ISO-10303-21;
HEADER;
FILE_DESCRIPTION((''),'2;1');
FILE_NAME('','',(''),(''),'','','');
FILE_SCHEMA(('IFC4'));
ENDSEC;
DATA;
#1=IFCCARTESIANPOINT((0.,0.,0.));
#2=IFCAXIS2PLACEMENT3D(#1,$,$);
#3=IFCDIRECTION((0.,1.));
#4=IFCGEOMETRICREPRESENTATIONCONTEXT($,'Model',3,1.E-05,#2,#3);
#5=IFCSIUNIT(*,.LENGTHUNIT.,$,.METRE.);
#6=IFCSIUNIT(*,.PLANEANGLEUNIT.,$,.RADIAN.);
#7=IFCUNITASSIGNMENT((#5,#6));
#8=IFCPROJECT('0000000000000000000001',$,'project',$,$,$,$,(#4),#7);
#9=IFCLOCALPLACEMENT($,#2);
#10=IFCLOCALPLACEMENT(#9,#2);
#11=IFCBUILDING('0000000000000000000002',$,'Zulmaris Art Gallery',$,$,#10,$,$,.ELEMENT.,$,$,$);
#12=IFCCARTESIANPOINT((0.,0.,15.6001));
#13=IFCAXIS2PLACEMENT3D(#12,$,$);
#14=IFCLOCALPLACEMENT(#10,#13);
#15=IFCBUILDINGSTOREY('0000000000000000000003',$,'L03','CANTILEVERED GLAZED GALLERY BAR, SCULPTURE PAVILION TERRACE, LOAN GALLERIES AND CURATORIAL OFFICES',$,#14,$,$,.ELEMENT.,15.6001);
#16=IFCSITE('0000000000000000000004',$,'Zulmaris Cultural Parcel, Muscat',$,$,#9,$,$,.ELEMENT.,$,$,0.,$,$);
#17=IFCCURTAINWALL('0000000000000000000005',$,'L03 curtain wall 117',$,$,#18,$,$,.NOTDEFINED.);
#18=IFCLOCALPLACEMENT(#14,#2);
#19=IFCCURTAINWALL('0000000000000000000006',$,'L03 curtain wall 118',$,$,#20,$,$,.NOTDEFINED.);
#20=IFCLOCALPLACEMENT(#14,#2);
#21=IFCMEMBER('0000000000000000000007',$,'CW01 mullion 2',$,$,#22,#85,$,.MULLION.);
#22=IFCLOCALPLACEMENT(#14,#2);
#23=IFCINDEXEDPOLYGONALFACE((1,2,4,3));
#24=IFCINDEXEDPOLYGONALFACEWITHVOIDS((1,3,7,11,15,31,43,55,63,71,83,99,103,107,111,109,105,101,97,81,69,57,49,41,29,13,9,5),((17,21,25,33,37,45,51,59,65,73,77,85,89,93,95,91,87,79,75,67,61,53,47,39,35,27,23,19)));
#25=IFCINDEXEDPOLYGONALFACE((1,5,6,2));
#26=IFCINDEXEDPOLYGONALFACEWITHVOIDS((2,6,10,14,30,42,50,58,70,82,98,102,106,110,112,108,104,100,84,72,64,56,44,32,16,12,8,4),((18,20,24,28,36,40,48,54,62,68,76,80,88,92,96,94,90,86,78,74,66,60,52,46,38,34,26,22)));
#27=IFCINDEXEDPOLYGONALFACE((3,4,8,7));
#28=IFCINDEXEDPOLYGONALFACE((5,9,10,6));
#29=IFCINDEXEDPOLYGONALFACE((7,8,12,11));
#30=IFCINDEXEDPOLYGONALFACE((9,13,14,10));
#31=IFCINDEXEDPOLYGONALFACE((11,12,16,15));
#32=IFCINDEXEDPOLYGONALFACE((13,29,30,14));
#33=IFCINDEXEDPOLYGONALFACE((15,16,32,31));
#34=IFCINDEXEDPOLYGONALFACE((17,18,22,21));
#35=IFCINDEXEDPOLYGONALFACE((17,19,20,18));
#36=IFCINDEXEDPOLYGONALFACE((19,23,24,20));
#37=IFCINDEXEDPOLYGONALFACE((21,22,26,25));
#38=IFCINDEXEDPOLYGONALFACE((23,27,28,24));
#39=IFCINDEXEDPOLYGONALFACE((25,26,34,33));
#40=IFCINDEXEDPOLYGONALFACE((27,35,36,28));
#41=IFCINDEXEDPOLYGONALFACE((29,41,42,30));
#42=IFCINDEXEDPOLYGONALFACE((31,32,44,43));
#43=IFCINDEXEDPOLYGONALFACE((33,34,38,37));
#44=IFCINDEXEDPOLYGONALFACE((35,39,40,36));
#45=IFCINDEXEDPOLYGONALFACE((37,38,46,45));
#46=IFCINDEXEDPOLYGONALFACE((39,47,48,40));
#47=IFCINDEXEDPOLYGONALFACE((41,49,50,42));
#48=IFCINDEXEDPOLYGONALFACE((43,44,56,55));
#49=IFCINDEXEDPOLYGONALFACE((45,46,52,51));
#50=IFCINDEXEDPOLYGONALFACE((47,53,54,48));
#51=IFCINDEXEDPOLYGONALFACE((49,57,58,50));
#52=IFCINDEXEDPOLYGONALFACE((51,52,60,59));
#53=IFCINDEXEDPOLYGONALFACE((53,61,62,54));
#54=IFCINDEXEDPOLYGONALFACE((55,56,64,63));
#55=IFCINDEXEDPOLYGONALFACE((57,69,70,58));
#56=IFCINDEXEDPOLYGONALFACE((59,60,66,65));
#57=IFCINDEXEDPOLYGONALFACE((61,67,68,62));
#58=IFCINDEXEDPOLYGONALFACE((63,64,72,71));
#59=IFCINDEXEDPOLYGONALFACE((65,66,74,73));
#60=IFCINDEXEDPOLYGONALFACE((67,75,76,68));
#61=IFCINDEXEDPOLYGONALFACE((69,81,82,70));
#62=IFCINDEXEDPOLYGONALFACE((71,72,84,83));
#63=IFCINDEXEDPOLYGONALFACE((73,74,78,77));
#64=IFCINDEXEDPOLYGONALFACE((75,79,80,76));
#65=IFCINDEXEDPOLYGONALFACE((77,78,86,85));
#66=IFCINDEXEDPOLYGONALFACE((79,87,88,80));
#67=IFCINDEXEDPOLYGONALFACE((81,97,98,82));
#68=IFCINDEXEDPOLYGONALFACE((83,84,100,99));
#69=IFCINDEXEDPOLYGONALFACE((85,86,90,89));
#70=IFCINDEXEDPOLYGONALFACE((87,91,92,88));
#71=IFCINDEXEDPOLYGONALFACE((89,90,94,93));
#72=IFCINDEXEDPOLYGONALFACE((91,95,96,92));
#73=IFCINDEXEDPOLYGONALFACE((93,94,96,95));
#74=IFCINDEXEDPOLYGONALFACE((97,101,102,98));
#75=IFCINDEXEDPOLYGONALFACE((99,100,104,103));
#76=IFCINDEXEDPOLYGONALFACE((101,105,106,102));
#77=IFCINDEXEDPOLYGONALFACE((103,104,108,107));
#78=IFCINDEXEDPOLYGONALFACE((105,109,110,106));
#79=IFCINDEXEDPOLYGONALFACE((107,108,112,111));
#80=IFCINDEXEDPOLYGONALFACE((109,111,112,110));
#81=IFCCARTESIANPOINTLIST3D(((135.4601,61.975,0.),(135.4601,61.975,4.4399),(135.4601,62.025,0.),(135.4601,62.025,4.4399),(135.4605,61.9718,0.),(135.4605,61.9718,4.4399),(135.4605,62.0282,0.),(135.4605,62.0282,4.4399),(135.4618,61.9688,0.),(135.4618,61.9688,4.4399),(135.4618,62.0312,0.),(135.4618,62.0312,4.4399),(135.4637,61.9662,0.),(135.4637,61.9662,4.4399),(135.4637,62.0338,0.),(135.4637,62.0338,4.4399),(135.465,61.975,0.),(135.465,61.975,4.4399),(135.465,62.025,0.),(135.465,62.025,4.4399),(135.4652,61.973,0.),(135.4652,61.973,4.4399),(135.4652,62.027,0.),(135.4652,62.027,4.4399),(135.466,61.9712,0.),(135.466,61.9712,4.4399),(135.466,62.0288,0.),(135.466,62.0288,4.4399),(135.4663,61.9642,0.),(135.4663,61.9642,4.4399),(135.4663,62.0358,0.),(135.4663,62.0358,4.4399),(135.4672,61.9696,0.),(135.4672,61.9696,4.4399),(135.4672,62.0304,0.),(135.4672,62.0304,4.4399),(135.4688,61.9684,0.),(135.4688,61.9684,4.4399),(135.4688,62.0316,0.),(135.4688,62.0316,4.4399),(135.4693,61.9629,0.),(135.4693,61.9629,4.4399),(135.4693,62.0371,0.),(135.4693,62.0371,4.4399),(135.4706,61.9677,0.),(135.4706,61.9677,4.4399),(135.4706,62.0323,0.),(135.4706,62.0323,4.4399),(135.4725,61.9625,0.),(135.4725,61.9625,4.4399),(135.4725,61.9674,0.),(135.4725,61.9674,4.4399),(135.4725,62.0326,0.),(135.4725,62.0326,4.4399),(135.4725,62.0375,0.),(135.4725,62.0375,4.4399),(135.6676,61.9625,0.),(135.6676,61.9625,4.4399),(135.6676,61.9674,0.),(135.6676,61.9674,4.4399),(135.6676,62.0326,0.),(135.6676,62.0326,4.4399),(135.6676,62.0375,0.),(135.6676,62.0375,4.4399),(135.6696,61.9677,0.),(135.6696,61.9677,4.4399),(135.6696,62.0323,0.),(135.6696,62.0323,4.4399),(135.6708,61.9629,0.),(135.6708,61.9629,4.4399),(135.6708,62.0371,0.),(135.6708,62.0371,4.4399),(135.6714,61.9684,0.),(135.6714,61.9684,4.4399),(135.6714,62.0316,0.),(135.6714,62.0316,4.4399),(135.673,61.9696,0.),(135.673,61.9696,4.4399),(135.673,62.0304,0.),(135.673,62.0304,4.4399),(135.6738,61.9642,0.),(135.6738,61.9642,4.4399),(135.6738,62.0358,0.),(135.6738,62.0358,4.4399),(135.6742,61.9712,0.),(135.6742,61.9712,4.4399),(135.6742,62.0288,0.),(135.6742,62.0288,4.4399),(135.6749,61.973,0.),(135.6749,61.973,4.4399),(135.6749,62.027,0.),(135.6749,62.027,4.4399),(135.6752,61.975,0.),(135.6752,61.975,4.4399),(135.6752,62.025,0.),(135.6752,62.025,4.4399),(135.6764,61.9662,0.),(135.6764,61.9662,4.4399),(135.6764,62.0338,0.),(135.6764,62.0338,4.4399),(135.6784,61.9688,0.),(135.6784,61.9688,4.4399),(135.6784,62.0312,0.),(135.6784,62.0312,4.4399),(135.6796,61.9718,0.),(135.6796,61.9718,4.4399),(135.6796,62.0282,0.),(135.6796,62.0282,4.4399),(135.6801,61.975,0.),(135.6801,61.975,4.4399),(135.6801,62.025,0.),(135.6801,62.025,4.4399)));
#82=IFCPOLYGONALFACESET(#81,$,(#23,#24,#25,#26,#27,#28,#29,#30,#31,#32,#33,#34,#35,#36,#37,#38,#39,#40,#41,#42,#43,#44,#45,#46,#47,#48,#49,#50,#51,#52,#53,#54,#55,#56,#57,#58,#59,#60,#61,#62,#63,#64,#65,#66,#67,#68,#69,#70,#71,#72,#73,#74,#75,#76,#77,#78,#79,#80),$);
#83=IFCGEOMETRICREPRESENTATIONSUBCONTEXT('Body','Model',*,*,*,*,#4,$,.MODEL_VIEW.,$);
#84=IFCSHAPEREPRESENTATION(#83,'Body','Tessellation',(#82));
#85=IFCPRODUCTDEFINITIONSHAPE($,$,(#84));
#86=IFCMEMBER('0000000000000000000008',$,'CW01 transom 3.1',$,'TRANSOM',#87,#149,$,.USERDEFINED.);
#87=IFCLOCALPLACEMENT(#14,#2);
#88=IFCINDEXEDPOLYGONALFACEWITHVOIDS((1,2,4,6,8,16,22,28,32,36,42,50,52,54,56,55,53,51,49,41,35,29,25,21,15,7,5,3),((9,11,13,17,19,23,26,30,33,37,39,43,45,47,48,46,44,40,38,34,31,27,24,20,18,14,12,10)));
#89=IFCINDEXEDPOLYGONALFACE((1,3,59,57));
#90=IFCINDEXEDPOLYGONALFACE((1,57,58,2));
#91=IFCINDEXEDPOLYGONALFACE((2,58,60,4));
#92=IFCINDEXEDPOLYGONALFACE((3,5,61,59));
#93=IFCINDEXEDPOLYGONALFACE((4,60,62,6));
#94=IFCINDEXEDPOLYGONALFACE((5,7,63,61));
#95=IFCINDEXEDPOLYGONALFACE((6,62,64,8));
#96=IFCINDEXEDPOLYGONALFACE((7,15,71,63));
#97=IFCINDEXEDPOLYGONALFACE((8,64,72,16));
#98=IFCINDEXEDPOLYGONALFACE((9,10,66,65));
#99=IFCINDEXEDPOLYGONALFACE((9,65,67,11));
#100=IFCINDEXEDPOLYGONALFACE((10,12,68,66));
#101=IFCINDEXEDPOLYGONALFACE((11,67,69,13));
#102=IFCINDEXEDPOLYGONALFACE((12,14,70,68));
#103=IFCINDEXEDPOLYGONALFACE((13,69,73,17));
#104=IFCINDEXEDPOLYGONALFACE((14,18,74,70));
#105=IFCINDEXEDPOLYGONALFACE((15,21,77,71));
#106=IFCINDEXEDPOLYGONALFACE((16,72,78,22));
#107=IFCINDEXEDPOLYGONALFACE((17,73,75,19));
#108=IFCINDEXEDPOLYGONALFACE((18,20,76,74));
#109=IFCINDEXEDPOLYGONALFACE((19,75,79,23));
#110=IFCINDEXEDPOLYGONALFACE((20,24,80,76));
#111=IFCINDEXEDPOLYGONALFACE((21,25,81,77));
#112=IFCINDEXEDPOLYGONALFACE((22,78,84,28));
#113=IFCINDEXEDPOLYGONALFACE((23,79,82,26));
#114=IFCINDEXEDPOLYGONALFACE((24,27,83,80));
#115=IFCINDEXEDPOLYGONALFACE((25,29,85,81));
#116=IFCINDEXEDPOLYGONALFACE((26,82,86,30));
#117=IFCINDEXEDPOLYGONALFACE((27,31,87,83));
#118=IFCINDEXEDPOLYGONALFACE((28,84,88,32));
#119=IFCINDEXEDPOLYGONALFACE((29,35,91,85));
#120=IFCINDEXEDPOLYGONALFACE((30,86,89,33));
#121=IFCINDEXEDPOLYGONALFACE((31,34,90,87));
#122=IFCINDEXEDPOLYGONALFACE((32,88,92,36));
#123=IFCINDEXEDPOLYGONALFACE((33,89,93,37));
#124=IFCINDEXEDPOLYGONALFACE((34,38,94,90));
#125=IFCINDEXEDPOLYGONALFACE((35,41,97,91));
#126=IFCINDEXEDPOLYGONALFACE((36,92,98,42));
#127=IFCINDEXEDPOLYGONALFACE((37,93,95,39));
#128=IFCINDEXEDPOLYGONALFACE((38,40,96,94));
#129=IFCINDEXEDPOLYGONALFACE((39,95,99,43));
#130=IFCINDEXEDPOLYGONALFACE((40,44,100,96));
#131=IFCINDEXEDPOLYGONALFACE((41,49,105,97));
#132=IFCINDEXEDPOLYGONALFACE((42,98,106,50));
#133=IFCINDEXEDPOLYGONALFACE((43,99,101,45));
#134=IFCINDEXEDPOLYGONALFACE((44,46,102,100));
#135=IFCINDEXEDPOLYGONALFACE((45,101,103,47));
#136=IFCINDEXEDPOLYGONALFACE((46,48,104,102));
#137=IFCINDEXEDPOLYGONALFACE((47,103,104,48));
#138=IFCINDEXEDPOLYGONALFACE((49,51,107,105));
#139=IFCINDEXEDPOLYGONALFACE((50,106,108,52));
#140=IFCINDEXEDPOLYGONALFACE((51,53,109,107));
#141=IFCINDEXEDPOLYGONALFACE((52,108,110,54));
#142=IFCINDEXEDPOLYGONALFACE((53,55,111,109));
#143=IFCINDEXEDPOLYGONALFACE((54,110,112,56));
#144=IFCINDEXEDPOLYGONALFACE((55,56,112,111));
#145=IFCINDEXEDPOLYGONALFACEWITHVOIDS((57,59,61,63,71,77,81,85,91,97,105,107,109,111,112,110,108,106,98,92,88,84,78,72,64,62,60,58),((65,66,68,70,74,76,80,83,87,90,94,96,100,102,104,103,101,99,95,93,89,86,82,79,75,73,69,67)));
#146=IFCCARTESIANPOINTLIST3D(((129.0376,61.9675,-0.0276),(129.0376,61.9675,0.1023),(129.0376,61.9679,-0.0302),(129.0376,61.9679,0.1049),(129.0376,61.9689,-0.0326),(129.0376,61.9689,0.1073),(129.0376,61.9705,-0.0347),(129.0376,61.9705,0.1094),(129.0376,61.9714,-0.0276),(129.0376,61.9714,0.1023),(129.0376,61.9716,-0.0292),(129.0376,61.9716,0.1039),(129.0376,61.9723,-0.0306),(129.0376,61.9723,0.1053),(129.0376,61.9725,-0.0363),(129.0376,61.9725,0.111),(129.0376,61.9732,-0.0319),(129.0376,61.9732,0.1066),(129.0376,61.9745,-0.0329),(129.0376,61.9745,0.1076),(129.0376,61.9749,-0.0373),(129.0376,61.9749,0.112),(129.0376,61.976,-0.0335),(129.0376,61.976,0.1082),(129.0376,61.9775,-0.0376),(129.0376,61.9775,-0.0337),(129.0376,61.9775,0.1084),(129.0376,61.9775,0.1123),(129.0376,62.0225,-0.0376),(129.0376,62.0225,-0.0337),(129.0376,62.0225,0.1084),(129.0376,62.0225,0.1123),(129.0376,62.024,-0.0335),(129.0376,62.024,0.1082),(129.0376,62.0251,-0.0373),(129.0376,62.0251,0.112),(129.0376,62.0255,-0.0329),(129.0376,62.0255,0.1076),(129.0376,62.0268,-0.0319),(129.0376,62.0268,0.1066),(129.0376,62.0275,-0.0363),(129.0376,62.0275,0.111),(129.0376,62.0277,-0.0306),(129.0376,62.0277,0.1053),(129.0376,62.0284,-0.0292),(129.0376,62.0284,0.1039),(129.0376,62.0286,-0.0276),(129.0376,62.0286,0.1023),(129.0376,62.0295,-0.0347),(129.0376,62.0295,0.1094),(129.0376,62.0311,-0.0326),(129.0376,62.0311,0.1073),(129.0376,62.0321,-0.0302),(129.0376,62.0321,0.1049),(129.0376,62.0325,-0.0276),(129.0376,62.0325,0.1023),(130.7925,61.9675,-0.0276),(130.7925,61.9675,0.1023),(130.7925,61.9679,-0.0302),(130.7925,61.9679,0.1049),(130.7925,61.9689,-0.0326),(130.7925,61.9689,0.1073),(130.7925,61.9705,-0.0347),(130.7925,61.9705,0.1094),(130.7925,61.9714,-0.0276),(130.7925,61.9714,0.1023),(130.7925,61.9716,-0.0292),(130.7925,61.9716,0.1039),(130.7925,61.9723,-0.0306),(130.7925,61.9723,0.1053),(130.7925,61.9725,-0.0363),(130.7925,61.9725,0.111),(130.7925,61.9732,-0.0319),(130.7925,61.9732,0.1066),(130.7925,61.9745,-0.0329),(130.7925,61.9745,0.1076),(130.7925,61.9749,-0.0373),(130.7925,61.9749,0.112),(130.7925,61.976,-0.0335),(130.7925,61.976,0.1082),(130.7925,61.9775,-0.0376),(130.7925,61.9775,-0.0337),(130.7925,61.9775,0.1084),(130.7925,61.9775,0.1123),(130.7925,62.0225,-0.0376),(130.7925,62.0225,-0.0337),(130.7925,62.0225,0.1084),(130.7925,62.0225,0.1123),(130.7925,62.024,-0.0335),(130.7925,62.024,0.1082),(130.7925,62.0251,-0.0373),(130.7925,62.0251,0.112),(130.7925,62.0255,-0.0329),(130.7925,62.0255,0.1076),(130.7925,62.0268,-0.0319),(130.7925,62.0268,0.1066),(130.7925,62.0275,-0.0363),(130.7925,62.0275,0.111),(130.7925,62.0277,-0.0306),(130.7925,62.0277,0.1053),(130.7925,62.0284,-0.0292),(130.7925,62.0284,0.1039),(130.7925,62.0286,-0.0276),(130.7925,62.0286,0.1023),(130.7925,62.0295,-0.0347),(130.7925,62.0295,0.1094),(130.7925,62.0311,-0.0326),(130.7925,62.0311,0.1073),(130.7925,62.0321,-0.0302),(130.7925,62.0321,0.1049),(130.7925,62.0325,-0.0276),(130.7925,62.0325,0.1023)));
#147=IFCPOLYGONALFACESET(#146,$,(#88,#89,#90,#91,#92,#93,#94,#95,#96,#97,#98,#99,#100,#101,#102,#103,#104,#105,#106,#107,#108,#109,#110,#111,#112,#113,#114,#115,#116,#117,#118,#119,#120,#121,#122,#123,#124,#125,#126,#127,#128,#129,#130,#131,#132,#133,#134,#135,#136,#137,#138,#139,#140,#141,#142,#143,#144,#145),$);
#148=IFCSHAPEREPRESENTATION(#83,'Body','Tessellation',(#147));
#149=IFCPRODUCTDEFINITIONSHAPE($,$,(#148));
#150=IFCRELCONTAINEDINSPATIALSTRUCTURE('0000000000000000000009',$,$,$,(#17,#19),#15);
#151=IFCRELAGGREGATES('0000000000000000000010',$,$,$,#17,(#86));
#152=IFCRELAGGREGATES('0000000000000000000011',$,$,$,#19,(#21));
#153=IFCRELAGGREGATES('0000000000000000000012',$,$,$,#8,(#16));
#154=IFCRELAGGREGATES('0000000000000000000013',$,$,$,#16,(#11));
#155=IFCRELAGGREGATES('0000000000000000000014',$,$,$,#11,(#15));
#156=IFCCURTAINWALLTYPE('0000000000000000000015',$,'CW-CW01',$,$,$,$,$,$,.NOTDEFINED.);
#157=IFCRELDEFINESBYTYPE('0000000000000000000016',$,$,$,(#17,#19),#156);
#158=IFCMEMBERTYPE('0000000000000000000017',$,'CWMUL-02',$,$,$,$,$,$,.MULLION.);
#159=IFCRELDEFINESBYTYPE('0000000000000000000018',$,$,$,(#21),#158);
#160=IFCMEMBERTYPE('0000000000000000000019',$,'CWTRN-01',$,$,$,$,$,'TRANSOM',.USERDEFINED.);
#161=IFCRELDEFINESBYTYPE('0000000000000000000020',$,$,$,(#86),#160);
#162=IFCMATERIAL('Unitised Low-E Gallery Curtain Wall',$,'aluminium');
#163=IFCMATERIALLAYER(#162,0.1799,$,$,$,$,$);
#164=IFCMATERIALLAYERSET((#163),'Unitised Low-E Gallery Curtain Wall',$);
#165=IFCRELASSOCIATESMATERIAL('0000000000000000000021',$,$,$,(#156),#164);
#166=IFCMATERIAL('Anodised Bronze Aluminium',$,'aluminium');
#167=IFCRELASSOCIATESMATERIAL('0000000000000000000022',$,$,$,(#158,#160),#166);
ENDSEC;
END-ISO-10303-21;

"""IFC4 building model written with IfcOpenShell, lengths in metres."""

from ifc_helpers import new_model, si_unit, direction, frame, origin, origin_2d, place, context, subcontext, project, spatial, hollow_rectangle, extrude, material, layer, layer_set, material_profile, profile_set, type_object, element, aggregate, save


model = new_model("IFC4")

# Units and contexts
model_context = context("Model", 3, precision=1e-05, world=origin(), true_north=direction((0.0, 1.0)))
body_context = subcontext(model_context, "Body", "Model", "MODEL_VIEW")
ifc_project = project(units=[si_unit("LENGTHUNIT", "METRE"), si_unit("PLANEANGLEUNIT", "RADIAN")], contexts=[model_context])

# Site, building, storey
site_placement = place(None, origin())
site = spatial("IfcSite", under=ifc_project, at=site_placement, Name="Zulmaris Cultural Parcel, Muscat", CompositionType="ELEMENT", RefElevation=0.0)
building_placement = place(site_placement, origin())
building = spatial("IfcBuilding", under=site, at=building_placement, Name="Zulmaris Art Gallery", CompositionType="ELEMENT")
storey_placement = place(building_placement, frame((0.0, 0.0, 15.6001)))
storey = spatial("IfcBuildingStorey", under=building, at=storey_placement, Name="L03", Description="CANTILEVERED GLAZED GALLERY BAR, SCULPTURE PAVILION TERRACE, LOAN GALLERIES AND CURATORIAL OFFICES", CompositionType="ELEMENT", Elevation=15.6001)

# Curtain walls, member
ifc_material_1 = material(Name="Unitised Low-E Gallery Curtain Wall", Category="aluminium")
ifc_layer_1 = layer(ifc_material_1, 0.1799)
ifc_layer_set_1 = layer_set([ifc_layer_1], Name="Unitised Low-E Gallery Curtain Wall")
curtain_wall_type = type_object("IfcCurtainWallType", Name="CW-CW01", PredefinedType="NOTDEFINED", material=ifc_layer_set_1)
curtain_wall_1_placement = place(storey_placement, origin())
curtain_wall_1 = element("IfcCurtainWall", 1, at=curtain_wall_1_placement, inside=storey, type_object=curtain_wall_type, Name="L03 curtain wall 117", PredefinedType="NOTDEFINED")
ifc_material_2 = material(Name="Anodised Bronze Aluminium", Category="aluminium")
ifc_material_profile_1 = material_profile(ifc_material_2, hollow_rectangle(XDim=0.075, YDim=0.22, WallThickness=0.0049, InnerFilletRadius=0.0076, OuterFilletRadius=0.0125, at=origin_2d()), Name="ALU 75x220x5")
ifc_profile_set_1 = profile_set([ifc_material_profile_1], Name="Anodised Bronze Aluminium")
member_type_1 = type_object("IfcMemberType", Name="CWMUL-02", PredefinedType="MULLION", material=ifc_profile_set_1)
curtain_wall_2_placement = place(storey_placement, origin())
curtain_wall_2 = element("IfcCurtainWall", 2, at=curtain_wall_2_placement, inside=storey, type_object=curtain_wall_type, Name="L03 curtain wall 118", PredefinedType="NOTDEFINED")
member_1_placement = place(storey_placement, frame((135.5701, 62.0, 0.0), z_axis=(0.0, 0.0, 1.0), x_axis=(0.0, 1.0, 0.0)))
member_1 = element("IfcMember", 3, at=member_1_placement, type_object=member_type_1, Name="CW01 mullion 2", PredefinedType="MULLION", context=body_context, shape_type="SweptSolid", body=[
    extrude(hollow_rectangle(XDim=0.075, YDim=0.22, WallThickness=0.0049, InnerFilletRadius=0.0076, OuterFilletRadius=0.0125, at=origin_2d()), origin(), (0.0, 0.0, 1.0), 4.4399),
])

# Member
ifc_material_profile_2 = material_profile(ifc_material_2, hollow_rectangle(XDim=0.0649, YDim=0.1499, WallThickness=0.0039, InnerFilletRadius=0.0061, OuterFilletRadius=0.01, at=origin_2d()), Name="ALU 65x150x4")
ifc_profile_set_2 = profile_set([ifc_material_profile_2], Name="Anodised Bronze Aluminium")
member_type_2 = type_object("IfcMemberType", Name="CWTRN-01", ElementType="TRANSOM", PredefinedType="USERDEFINED", material=ifc_profile_set_2)
member_2_placement = place(storey_placement, frame((129.0376, 62.0, 0.0374), z_axis=(1.0, 0.0, 0.0), x_axis=(0.0, 1.0, 0.0)))
member_2 = element("IfcMember", 4, at=member_2_placement, type_object=member_type_2, Name="CW01 transom 3.1", ObjectType="TRANSOM", PredefinedType="USERDEFINED", context=body_context, shape_type="SweptSolid", body=[
    extrude(hollow_rectangle(XDim=0.0649, YDim=0.1499, WallThickness=0.0039, InnerFilletRadius=0.0061, OuterFilletRadius=0.01, at=origin_2d()), origin(), (0.0, 0.0, 1.0), 1.7549),
])

aggregate(curtain_wall_1, [member_2])
aggregate(curtain_wall_2, [member_1])

save(model, "model.ifc")
